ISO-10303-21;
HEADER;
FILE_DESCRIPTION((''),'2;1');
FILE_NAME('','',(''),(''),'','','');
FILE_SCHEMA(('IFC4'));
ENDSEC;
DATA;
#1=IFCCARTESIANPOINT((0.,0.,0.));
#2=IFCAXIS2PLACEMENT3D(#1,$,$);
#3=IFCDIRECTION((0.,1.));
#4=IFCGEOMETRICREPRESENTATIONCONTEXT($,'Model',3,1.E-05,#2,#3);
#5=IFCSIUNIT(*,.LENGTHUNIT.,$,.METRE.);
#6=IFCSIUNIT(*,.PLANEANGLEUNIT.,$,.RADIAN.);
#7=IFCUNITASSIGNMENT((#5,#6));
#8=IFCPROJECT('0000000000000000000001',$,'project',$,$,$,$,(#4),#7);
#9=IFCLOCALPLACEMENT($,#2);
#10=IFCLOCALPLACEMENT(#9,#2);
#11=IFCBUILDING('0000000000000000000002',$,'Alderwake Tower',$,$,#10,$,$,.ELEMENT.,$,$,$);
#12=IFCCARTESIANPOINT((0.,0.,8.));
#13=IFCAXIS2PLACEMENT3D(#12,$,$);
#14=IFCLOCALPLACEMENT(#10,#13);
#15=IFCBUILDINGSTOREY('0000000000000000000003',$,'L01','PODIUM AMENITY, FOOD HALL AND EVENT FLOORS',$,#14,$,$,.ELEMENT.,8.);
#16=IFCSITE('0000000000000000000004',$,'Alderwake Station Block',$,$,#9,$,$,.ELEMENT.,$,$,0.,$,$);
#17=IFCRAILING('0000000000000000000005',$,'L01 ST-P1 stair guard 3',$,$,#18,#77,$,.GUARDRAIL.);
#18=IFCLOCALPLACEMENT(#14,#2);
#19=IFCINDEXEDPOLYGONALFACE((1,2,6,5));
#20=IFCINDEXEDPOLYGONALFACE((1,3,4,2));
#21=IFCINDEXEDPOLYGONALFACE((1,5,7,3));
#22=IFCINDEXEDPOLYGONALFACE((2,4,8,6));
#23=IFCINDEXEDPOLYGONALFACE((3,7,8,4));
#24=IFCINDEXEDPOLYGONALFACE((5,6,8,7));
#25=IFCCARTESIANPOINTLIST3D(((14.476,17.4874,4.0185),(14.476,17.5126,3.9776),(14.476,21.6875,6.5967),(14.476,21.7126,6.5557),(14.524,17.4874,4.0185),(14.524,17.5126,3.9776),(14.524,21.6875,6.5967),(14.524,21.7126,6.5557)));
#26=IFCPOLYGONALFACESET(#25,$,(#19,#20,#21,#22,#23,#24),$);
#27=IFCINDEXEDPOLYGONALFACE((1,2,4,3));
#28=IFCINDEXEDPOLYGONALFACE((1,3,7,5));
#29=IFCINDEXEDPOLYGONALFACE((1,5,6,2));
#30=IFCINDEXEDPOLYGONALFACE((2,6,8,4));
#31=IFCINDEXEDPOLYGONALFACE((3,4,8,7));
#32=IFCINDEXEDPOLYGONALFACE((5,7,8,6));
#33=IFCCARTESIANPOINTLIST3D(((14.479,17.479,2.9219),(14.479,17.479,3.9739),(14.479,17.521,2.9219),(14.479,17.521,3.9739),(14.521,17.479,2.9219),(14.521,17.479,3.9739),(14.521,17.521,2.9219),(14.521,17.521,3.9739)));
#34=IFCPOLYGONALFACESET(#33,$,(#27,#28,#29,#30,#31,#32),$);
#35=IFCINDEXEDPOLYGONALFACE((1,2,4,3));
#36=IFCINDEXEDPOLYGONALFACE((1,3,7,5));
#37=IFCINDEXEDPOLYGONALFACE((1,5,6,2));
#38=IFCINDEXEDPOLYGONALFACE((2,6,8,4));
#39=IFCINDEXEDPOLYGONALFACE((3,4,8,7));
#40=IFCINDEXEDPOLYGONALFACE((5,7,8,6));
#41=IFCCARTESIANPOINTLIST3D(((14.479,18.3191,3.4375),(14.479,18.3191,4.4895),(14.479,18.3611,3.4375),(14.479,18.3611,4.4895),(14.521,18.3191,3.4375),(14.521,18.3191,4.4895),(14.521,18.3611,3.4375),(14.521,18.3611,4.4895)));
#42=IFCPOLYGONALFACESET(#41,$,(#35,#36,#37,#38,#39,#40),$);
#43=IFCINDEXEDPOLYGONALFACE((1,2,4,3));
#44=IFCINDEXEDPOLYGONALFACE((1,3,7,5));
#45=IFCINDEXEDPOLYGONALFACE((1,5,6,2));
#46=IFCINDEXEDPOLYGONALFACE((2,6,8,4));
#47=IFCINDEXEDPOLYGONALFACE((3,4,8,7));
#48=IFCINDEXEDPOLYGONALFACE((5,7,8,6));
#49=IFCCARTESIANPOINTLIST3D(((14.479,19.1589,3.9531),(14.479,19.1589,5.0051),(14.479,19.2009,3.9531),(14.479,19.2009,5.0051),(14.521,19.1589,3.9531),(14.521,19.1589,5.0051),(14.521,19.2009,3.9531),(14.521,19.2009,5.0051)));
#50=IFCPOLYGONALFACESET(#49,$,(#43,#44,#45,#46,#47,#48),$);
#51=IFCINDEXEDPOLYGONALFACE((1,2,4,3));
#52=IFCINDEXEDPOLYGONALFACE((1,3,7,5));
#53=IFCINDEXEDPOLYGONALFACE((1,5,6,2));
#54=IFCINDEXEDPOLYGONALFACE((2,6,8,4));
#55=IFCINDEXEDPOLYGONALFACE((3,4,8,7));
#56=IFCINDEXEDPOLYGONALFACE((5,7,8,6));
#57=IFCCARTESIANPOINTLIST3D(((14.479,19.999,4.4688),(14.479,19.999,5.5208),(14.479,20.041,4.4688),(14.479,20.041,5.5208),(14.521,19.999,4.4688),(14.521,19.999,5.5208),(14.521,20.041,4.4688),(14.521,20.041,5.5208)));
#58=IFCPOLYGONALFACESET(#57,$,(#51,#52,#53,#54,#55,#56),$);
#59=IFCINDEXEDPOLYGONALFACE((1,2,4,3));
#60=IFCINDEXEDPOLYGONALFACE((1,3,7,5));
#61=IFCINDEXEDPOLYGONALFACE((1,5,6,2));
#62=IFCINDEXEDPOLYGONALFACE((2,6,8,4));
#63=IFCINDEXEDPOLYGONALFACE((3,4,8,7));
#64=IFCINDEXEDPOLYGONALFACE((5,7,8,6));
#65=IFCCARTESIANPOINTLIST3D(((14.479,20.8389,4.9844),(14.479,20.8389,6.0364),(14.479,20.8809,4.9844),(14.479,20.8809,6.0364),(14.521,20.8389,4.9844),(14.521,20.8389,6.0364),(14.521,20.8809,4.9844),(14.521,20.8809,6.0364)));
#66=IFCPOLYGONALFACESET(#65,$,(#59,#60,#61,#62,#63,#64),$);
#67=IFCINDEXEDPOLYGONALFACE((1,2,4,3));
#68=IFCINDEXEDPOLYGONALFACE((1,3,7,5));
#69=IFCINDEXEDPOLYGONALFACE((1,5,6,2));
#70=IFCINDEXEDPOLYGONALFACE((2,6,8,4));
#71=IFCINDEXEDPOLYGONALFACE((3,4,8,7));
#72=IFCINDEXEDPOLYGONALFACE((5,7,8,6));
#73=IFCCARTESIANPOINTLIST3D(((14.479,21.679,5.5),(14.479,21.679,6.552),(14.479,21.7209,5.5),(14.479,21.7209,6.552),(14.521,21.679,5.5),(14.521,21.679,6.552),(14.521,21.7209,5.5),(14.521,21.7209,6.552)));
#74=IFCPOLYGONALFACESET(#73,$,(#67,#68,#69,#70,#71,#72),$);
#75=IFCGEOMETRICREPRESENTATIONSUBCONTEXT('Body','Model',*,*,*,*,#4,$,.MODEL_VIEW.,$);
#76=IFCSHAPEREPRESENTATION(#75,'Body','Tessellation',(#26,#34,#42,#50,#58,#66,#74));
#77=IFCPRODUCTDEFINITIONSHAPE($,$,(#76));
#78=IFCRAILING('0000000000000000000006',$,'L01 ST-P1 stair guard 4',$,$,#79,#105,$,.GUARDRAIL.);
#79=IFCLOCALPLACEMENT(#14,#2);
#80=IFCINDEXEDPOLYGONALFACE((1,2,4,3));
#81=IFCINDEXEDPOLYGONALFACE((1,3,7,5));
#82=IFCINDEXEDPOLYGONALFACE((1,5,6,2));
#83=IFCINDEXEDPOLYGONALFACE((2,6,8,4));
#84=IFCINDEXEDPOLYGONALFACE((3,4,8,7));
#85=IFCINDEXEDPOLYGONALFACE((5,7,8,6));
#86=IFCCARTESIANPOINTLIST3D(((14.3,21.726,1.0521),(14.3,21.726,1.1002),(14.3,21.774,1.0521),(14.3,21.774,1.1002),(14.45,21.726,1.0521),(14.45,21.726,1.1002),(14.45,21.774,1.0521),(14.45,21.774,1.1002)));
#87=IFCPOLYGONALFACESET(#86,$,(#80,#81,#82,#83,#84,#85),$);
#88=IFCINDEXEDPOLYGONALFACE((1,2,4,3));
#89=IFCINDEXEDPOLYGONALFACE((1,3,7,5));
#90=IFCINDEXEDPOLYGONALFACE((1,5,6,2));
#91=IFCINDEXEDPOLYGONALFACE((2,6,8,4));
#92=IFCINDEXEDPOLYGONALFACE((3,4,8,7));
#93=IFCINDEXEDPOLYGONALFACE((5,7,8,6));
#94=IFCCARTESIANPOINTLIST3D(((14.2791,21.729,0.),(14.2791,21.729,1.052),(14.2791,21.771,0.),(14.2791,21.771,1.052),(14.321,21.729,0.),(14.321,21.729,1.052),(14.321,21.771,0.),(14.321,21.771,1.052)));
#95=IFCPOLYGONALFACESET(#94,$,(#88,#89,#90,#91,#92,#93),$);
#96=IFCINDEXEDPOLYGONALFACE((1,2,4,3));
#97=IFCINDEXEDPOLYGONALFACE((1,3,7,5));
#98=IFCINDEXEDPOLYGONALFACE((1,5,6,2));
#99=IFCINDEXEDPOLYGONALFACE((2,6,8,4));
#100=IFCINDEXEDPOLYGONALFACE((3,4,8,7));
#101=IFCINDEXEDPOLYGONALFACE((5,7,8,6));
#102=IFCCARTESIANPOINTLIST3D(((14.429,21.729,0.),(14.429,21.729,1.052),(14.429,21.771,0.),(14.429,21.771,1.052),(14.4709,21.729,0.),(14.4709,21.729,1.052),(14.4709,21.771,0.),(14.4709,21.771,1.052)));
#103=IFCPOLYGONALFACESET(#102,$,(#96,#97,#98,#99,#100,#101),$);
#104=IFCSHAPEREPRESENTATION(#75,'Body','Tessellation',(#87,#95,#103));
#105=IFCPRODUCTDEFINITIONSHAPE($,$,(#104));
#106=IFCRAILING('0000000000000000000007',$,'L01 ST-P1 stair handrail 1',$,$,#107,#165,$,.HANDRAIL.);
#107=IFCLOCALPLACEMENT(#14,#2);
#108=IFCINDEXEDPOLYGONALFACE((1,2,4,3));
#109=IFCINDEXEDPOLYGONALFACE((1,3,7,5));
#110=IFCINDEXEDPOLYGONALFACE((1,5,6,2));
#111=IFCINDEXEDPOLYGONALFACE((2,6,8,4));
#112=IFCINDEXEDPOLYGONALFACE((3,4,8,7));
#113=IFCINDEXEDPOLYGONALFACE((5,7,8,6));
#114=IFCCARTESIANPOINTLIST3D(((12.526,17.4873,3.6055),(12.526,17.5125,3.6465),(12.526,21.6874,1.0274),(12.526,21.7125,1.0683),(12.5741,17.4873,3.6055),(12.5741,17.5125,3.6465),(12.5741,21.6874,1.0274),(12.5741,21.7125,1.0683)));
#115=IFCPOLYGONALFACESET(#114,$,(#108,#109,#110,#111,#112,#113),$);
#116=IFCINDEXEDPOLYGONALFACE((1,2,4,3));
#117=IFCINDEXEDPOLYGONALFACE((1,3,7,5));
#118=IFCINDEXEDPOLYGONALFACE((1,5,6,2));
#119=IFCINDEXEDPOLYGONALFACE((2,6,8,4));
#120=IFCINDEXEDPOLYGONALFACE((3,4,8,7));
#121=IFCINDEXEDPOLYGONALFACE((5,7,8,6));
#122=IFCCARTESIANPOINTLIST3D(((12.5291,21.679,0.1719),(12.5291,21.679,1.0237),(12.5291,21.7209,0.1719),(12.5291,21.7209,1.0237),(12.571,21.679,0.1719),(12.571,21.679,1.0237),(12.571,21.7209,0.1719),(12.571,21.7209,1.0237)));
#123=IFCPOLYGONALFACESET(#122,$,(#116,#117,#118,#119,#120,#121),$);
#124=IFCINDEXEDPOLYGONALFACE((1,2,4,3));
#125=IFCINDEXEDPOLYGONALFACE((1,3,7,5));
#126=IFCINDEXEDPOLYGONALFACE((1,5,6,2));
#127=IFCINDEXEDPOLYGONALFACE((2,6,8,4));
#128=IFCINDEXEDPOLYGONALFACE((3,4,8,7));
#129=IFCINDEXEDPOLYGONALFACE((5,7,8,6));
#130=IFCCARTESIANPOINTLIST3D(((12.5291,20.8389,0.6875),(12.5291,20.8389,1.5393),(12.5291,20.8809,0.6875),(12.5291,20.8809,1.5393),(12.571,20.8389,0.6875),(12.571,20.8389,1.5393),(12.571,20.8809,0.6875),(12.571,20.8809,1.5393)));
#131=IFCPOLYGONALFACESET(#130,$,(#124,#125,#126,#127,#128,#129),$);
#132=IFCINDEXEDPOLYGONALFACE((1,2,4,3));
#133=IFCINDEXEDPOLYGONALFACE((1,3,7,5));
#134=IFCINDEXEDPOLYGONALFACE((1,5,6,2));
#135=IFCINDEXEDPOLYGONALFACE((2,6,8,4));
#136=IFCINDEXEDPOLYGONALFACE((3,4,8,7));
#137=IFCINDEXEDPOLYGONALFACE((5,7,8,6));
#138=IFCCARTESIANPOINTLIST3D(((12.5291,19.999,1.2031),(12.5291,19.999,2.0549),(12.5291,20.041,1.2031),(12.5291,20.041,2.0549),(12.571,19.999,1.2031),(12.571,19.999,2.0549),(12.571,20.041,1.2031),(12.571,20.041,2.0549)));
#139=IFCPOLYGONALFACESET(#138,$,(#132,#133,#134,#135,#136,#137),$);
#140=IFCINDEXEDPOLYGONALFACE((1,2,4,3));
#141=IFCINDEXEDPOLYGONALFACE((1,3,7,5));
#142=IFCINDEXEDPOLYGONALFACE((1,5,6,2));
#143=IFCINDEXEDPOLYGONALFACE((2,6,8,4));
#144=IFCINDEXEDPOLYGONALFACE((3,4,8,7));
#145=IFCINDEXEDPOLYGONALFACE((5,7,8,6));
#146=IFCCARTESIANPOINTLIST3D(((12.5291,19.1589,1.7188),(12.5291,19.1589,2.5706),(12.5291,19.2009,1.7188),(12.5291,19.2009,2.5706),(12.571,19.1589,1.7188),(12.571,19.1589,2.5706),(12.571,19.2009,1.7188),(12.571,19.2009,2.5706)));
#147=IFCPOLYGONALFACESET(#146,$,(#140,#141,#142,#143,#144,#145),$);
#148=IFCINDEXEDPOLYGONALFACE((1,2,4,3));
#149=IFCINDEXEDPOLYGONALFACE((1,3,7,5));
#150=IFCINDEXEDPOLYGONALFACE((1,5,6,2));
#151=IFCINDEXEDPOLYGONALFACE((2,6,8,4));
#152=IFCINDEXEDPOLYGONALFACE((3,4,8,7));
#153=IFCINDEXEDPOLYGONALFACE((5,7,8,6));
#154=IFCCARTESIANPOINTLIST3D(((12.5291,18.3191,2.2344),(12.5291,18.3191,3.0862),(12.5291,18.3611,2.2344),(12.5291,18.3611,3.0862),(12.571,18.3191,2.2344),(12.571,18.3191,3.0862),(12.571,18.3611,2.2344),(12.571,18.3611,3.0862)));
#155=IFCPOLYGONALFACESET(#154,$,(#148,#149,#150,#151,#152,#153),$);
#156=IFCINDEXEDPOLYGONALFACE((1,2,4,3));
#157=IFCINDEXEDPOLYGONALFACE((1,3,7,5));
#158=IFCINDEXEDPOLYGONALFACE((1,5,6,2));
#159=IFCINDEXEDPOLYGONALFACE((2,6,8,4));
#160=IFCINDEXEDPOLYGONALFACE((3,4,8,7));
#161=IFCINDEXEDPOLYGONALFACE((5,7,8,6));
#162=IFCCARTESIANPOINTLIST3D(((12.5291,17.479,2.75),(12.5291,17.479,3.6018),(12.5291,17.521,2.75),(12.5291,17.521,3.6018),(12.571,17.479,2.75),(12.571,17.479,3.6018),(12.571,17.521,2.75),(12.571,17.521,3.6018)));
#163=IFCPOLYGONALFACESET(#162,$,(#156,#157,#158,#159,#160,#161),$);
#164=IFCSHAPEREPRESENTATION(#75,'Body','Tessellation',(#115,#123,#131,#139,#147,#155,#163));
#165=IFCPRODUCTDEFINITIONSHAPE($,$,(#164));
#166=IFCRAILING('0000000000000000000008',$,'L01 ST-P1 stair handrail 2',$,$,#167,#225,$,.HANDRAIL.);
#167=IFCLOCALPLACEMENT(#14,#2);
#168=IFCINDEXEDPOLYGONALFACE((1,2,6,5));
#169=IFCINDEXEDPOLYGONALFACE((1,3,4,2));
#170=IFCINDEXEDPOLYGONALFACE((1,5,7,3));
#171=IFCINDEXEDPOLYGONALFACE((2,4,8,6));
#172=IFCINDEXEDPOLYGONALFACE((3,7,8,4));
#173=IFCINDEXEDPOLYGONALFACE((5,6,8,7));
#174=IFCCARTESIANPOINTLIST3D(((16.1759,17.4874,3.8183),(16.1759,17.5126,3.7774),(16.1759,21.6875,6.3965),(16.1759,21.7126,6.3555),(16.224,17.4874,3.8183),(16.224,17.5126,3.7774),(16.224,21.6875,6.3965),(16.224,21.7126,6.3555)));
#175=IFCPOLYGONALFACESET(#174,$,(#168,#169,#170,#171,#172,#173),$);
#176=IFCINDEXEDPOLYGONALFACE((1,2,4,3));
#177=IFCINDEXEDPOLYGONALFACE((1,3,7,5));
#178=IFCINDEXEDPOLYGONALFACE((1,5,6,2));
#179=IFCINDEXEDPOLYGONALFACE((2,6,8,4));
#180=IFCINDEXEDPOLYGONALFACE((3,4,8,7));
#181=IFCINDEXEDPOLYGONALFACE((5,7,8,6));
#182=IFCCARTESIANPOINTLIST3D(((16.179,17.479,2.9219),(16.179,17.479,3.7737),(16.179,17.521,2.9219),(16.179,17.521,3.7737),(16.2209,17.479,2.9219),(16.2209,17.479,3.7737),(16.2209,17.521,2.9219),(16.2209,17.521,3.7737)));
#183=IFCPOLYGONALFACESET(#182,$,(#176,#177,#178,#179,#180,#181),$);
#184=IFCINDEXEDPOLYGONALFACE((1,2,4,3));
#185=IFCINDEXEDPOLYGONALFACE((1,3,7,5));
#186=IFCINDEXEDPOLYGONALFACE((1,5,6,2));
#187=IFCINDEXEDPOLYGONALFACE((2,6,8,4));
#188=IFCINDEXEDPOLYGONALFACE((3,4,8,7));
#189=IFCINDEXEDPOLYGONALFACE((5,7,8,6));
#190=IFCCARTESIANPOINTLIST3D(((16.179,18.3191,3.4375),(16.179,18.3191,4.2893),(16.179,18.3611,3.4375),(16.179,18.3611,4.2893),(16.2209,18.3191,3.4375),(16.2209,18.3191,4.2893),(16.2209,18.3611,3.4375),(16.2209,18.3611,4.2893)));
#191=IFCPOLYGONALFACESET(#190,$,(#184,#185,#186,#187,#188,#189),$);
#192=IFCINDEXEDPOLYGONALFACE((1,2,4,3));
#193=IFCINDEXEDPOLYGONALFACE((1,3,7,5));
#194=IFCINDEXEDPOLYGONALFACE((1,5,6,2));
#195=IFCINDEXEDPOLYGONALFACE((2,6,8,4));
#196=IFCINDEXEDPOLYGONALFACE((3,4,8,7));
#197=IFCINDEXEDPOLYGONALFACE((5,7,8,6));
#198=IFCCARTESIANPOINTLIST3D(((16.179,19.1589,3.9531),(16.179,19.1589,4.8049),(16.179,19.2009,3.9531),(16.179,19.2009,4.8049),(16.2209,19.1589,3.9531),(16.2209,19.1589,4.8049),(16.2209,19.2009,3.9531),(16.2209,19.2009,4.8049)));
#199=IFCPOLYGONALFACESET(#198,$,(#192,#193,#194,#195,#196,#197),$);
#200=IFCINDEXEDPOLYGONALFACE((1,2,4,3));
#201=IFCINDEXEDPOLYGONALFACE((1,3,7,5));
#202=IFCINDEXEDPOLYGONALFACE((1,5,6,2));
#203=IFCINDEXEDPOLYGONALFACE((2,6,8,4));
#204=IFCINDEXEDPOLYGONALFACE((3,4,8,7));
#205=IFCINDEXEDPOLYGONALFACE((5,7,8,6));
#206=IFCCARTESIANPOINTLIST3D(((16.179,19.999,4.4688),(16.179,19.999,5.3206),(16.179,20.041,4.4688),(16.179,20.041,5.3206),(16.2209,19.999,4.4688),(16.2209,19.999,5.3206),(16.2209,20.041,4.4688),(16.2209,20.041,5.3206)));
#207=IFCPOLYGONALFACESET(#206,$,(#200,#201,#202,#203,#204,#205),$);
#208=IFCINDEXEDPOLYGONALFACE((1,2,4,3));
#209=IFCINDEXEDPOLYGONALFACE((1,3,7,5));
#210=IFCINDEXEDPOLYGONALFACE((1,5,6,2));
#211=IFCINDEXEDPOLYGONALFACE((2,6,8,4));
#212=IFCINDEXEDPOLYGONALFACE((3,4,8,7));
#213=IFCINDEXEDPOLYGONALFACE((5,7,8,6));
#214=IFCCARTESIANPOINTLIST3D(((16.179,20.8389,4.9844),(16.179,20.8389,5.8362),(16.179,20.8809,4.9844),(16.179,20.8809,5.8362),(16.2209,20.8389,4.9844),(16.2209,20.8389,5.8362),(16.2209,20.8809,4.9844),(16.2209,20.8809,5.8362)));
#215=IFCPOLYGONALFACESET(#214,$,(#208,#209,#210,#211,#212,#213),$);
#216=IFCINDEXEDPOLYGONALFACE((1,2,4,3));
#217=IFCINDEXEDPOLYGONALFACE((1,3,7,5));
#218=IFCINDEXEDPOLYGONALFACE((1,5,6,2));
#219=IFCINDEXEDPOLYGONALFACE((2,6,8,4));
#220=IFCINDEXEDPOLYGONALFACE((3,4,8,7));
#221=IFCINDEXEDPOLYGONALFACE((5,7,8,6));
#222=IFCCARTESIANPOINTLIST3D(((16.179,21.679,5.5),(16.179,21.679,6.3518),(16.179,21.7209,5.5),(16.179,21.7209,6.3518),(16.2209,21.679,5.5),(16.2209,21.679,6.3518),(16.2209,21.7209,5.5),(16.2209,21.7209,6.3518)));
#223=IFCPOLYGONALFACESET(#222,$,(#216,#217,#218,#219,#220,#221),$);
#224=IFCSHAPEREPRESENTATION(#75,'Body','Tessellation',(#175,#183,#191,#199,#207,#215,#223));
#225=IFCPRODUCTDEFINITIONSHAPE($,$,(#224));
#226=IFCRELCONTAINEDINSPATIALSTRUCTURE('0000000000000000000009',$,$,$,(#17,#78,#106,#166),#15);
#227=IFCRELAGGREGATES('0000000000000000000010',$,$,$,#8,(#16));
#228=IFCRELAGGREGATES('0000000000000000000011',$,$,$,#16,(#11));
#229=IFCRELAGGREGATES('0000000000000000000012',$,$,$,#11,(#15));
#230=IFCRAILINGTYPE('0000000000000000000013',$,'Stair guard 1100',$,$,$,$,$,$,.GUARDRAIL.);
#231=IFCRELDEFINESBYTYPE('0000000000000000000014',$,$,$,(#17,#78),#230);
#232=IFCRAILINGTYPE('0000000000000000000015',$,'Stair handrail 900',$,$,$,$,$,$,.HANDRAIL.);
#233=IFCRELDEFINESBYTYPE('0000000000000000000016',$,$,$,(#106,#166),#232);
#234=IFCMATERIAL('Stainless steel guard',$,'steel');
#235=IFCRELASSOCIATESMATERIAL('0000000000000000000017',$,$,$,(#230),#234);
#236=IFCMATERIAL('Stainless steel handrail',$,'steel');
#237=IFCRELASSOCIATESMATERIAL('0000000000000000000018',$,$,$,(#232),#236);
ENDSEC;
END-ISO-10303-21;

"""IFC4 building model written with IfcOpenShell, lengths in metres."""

from ifc_helpers import new_model, si_unit, direction, frame, origin, origin_with_axes, origin_2d, place, context, subcontext, project, spatial, rectangle, extrude, material, type_object, element, save


model = new_model("IFC4")

# Units and contexts
model_context = context("Model", 3, precision=1e-05, world=origin(), true_north=direction((0.0, 1.0)))
body_context = subcontext(model_context, "Body", "Model", "MODEL_VIEW")
ifc_project = project(units=[si_unit("LENGTHUNIT", "METRE"), si_unit("PLANEANGLEUNIT", "RADIAN")], contexts=[model_context])

# Site, building, storey
site_placement = place(None, origin())
site = spatial("IfcSite", under=ifc_project, at=site_placement, Name="Alderwake Station Block", CompositionType="ELEMENT", RefElevation=0.0)
building_placement = place(site_placement, origin())
building = spatial("IfcBuilding", under=site, at=building_placement, Name="Alderwake Tower", CompositionType="ELEMENT")
storey_placement = place(building_placement, frame((0.0, 0.0, 8.0)))
storey = spatial("IfcBuildingStorey", under=building, at=storey_placement, Name="L01", Description="PODIUM AMENITY, FOOD HALL AND EVENT FLOORS", CompositionType="ELEMENT", Elevation=8.0)

# Railings
ifc_material_1 = material(Name="Stainless steel guard", Category="steel")
railing_type_1 = type_object("IfcRailingType", Name="Stair guard 1100", PredefinedType="GUARDRAIL", material=ifc_material_1)
railing_1_placement = place(storey_placement, frame((14.5, 17.5, 2.9219)))
element("IfcRailing", 1, at=railing_1_placement, inside=storey, type_object=railing_type_1, Name="L01 ST-P1 stair guard 3", PredefinedType="GUARDRAIL", context=body_context, shape_type="SweptSolid", body=[
    extrude(rectangle(XDim=0.0481, YDim=0.0481, at=origin_2d()), frame((0.0, 0.0, 1.0762), z_axis=(0.0, 0.852243, 0.523146), x_axis=(-1.0, 0.0, 0.0)), (0.0, 0.0, 1.0), 4.9282),
    extrude(rectangle(XDim=0.042, YDim=0.042, at=origin_2d()), frame((0.0, 0.0, 0.0), z_axis=(0.0, 0.0, 1.0), x_axis=(0.0, 1.0, 0.0)), (0.0, 0.0, 1.0), 1.052),
    extrude(rectangle(XDim=0.042, YDim=0.042, at=origin_2d()), frame((0.0, 0.8401, 0.5156), z_axis=(0.0, 0.0, 1.0), x_axis=(0.0, 1.0, 0.0)), (0.0, 0.0, 1.0), 1.052),
    extrude(rectangle(XDim=0.042, YDim=0.042, at=origin_2d()), frame((0.0, 1.6799, 1.0312), z_axis=(0.0, 0.0, 1.0), x_axis=(0.0, 1.0, 0.0)), (0.0, 0.0, 1.0), 1.052),
    extrude(rectangle(XDim=0.042, YDim=0.042, at=origin_2d()), frame((0.0, 2.52, 1.5469), z_axis=(0.0, 0.0, 1.0), x_axis=(0.0, 1.0, 0.0)), (0.0, 0.0, 1.0), 1.052),
    extrude(rectangle(XDim=0.042, YDim=0.042, at=origin_2d()), frame((0.0, 3.3599, 2.0625), z_axis=(0.0, 0.0, 1.0), x_axis=(0.0, 1.0, 0.0)), (0.0, 0.0, 1.0), 1.052),
    extrude(rectangle(XDim=0.042, YDim=0.042, at=origin_2d()), frame((0.0, 4.2, 2.5781), z_axis=(0.0, 0.0, 1.0), x_axis=(0.0, 1.0, 0.0)), (0.0, 0.0, 1.0), 1.052),
])
railing_2_placement = place(storey_placement, frame((14.3, 21.75, 0.0)))
element("IfcRailing", 2, at=railing_2_placement, inside=storey, type_object=railing_type_1, Name="L01 ST-P1 stair guard 4", PredefinedType="GUARDRAIL", context=body_context, shape_type="SweptSolid", body=[
    extrude(rectangle(XDim=0.0481, YDim=0.0481, at=origin_2d()), frame((0.0, 0.0, 1.0762), z_axis=(1.0, 0.0, 0.0), x_axis=(0.0, 1.0, 0.0)), (0.0, 0.0, 1.0), 0.1499),
    extrude(rectangle(XDim=0.042, YDim=0.042, at=origin_2d()), origin_with_axes(), (0.0, 0.0, 1.0), 1.052),
    extrude(rectangle(XDim=0.042, YDim=0.042, at=origin_2d()), frame((0.1499, 0.0, 0.0), z_axis=(0.0, 0.0, 1.0), x_axis=(1.0, 0.0, 0.0)), (0.0, 0.0, 1.0), 1.052),
])
ifc_material_2 = material(Name="Stainless steel handrail", Category="steel")
railing_type_2 = type_object("IfcRailingType", Name="Stair handrail 900", PredefinedType="HANDRAIL", material=ifc_material_2)
railing_3_placement = place(storey_placement, frame((12.55, 21.7, 0.1719)))
element("IfcRailing", 3, at=railing_3_placement, inside=storey, type_object=railing_type_2, Name="L01 ST-P1 stair handrail 1", PredefinedType="HANDRAIL", context=body_context, shape_type="SweptSolid", body=[
    extrude(rectangle(XDim=0.0481, YDim=0.0481, at=origin_2d()), frame((0.0, 0.0, 0.876), z_axis=(0.0, -0.852243, 0.523146), x_axis=(1.0, 0.0, 0.0)), (0.0, 0.0, 1.0), 4.9282),
    extrude(rectangle(XDim=0.042, YDim=0.042, at=origin_2d()), frame((0.0, 0.0, 0.0), z_axis=(0.0, 0.0, 1.0), x_axis=(0.0, -1.0, 0.0)), (0.0, 0.0, 1.0), 0.8518),
    extrude(rectangle(XDim=0.042, YDim=0.042, at=origin_2d()), frame((0.0, -0.8401, 0.5156), z_axis=(0.0, 0.0, 1.0), x_axis=(0.0, -1.0, 0.0)), (0.0, 0.0, 1.0), 0.8518),
    extrude(rectangle(XDim=0.042, YDim=0.042, at=origin_2d()), frame((0.0, -1.6799, 1.0312), z_axis=(0.0, 0.0, 1.0), x_axis=(0.0, -1.0, 0.0)), (0.0, 0.0, 1.0), 0.8518),
    extrude(rectangle(XDim=0.042, YDim=0.042, at=origin_2d()), frame((0.0, -2.52, 1.5469), z_axis=(0.0, 0.0, 1.0), x_axis=(0.0, -1.0, 0.0)), (0.0, 0.0, 1.0), 0.8518),
    extrude(rectangle(XDim=0.042, YDim=0.042, at=origin_2d()), frame((0.0, -3.3599, 2.0625), z_axis=(0.0, 0.0, 1.0), x_axis=(0.0, -1.0, 0.0)), (0.0, 0.0, 1.0), 0.8518),
    extrude(rectangle(XDim=0.042, YDim=0.042, at=origin_2d()), frame((0.0, -4.2, 2.5781), z_axis=(0.0, 0.0, 1.0), x_axis=(0.0, -1.0, 0.0)), (0.0, 0.0, 1.0), 0.8518),
])
railing_4_placement = place(storey_placement, frame((16.2, 17.5, 2.9219)))
element("IfcRailing", 4, at=railing_4_placement, inside=storey, type_object=railing_type_2, Name="L01 ST-P1 stair handrail 2", PredefinedType="HANDRAIL", context=body_context, shape_type="SweptSolid", body=[
    extrude(rectangle(XDim=0.0481, YDim=0.0481, at=origin_2d()), frame((0.0, 0.0, 0.876), z_axis=(0.0, 0.852243, 0.523146), x_axis=(-1.0, 0.0, 0.0)), (0.0, 0.0, 1.0), 4.9282),
    extrude(rectangle(XDim=0.042, YDim=0.042, at=origin_2d()), frame((0.0, 0.0, 0.0), z_axis=(0.0, 0.0, 1.0), x_axis=(0.0, 1.0, 0.0)), (0.0, 0.0, 1.0), 0.8518),
    extrude(rectangle(XDim=0.042, YDim=0.042, at=origin_2d()), frame((0.0, 0.8401, 0.5156), z_axis=(0.0, 0.0, 1.0), x_axis=(0.0, 1.0, 0.0)), (0.0, 0.0, 1.0), 0.8518),
    extrude(rectangle(XDim=0.042, YDim=0.042, at=origin_2d()), frame((0.0, 1.6799, 1.0312), z_axis=(0.0, 0.0, 1.0), x_axis=(0.0, 1.0, 0.0)), (0.0, 0.0, 1.0), 0.8518),
    extrude(rectangle(XDim=0.042, YDim=0.042, at=origin_2d()), frame((0.0, 2.52, 1.5469), z_axis=(0.0, 0.0, 1.0), x_axis=(0.0, 1.0, 0.0)), (0.0, 0.0, 1.0), 0.8518),
    extrude(rectangle(XDim=0.042, YDim=0.042, at=origin_2d()), frame((0.0, 3.3599, 2.0625), z_axis=(0.0, 0.0, 1.0), x_axis=(0.0, 1.0, 0.0)), (0.0, 0.0, 1.0), 0.8518),
    extrude(rectangle(XDim=0.042, YDim=0.042, at=origin_2d()), frame((0.0, 4.2, 2.5781), z_axis=(0.0, 0.0, 1.0), x_axis=(0.0, 1.0, 0.0)), (0.0, 0.0, 1.0), 0.8518),
])

save(model, "model.ifc")
